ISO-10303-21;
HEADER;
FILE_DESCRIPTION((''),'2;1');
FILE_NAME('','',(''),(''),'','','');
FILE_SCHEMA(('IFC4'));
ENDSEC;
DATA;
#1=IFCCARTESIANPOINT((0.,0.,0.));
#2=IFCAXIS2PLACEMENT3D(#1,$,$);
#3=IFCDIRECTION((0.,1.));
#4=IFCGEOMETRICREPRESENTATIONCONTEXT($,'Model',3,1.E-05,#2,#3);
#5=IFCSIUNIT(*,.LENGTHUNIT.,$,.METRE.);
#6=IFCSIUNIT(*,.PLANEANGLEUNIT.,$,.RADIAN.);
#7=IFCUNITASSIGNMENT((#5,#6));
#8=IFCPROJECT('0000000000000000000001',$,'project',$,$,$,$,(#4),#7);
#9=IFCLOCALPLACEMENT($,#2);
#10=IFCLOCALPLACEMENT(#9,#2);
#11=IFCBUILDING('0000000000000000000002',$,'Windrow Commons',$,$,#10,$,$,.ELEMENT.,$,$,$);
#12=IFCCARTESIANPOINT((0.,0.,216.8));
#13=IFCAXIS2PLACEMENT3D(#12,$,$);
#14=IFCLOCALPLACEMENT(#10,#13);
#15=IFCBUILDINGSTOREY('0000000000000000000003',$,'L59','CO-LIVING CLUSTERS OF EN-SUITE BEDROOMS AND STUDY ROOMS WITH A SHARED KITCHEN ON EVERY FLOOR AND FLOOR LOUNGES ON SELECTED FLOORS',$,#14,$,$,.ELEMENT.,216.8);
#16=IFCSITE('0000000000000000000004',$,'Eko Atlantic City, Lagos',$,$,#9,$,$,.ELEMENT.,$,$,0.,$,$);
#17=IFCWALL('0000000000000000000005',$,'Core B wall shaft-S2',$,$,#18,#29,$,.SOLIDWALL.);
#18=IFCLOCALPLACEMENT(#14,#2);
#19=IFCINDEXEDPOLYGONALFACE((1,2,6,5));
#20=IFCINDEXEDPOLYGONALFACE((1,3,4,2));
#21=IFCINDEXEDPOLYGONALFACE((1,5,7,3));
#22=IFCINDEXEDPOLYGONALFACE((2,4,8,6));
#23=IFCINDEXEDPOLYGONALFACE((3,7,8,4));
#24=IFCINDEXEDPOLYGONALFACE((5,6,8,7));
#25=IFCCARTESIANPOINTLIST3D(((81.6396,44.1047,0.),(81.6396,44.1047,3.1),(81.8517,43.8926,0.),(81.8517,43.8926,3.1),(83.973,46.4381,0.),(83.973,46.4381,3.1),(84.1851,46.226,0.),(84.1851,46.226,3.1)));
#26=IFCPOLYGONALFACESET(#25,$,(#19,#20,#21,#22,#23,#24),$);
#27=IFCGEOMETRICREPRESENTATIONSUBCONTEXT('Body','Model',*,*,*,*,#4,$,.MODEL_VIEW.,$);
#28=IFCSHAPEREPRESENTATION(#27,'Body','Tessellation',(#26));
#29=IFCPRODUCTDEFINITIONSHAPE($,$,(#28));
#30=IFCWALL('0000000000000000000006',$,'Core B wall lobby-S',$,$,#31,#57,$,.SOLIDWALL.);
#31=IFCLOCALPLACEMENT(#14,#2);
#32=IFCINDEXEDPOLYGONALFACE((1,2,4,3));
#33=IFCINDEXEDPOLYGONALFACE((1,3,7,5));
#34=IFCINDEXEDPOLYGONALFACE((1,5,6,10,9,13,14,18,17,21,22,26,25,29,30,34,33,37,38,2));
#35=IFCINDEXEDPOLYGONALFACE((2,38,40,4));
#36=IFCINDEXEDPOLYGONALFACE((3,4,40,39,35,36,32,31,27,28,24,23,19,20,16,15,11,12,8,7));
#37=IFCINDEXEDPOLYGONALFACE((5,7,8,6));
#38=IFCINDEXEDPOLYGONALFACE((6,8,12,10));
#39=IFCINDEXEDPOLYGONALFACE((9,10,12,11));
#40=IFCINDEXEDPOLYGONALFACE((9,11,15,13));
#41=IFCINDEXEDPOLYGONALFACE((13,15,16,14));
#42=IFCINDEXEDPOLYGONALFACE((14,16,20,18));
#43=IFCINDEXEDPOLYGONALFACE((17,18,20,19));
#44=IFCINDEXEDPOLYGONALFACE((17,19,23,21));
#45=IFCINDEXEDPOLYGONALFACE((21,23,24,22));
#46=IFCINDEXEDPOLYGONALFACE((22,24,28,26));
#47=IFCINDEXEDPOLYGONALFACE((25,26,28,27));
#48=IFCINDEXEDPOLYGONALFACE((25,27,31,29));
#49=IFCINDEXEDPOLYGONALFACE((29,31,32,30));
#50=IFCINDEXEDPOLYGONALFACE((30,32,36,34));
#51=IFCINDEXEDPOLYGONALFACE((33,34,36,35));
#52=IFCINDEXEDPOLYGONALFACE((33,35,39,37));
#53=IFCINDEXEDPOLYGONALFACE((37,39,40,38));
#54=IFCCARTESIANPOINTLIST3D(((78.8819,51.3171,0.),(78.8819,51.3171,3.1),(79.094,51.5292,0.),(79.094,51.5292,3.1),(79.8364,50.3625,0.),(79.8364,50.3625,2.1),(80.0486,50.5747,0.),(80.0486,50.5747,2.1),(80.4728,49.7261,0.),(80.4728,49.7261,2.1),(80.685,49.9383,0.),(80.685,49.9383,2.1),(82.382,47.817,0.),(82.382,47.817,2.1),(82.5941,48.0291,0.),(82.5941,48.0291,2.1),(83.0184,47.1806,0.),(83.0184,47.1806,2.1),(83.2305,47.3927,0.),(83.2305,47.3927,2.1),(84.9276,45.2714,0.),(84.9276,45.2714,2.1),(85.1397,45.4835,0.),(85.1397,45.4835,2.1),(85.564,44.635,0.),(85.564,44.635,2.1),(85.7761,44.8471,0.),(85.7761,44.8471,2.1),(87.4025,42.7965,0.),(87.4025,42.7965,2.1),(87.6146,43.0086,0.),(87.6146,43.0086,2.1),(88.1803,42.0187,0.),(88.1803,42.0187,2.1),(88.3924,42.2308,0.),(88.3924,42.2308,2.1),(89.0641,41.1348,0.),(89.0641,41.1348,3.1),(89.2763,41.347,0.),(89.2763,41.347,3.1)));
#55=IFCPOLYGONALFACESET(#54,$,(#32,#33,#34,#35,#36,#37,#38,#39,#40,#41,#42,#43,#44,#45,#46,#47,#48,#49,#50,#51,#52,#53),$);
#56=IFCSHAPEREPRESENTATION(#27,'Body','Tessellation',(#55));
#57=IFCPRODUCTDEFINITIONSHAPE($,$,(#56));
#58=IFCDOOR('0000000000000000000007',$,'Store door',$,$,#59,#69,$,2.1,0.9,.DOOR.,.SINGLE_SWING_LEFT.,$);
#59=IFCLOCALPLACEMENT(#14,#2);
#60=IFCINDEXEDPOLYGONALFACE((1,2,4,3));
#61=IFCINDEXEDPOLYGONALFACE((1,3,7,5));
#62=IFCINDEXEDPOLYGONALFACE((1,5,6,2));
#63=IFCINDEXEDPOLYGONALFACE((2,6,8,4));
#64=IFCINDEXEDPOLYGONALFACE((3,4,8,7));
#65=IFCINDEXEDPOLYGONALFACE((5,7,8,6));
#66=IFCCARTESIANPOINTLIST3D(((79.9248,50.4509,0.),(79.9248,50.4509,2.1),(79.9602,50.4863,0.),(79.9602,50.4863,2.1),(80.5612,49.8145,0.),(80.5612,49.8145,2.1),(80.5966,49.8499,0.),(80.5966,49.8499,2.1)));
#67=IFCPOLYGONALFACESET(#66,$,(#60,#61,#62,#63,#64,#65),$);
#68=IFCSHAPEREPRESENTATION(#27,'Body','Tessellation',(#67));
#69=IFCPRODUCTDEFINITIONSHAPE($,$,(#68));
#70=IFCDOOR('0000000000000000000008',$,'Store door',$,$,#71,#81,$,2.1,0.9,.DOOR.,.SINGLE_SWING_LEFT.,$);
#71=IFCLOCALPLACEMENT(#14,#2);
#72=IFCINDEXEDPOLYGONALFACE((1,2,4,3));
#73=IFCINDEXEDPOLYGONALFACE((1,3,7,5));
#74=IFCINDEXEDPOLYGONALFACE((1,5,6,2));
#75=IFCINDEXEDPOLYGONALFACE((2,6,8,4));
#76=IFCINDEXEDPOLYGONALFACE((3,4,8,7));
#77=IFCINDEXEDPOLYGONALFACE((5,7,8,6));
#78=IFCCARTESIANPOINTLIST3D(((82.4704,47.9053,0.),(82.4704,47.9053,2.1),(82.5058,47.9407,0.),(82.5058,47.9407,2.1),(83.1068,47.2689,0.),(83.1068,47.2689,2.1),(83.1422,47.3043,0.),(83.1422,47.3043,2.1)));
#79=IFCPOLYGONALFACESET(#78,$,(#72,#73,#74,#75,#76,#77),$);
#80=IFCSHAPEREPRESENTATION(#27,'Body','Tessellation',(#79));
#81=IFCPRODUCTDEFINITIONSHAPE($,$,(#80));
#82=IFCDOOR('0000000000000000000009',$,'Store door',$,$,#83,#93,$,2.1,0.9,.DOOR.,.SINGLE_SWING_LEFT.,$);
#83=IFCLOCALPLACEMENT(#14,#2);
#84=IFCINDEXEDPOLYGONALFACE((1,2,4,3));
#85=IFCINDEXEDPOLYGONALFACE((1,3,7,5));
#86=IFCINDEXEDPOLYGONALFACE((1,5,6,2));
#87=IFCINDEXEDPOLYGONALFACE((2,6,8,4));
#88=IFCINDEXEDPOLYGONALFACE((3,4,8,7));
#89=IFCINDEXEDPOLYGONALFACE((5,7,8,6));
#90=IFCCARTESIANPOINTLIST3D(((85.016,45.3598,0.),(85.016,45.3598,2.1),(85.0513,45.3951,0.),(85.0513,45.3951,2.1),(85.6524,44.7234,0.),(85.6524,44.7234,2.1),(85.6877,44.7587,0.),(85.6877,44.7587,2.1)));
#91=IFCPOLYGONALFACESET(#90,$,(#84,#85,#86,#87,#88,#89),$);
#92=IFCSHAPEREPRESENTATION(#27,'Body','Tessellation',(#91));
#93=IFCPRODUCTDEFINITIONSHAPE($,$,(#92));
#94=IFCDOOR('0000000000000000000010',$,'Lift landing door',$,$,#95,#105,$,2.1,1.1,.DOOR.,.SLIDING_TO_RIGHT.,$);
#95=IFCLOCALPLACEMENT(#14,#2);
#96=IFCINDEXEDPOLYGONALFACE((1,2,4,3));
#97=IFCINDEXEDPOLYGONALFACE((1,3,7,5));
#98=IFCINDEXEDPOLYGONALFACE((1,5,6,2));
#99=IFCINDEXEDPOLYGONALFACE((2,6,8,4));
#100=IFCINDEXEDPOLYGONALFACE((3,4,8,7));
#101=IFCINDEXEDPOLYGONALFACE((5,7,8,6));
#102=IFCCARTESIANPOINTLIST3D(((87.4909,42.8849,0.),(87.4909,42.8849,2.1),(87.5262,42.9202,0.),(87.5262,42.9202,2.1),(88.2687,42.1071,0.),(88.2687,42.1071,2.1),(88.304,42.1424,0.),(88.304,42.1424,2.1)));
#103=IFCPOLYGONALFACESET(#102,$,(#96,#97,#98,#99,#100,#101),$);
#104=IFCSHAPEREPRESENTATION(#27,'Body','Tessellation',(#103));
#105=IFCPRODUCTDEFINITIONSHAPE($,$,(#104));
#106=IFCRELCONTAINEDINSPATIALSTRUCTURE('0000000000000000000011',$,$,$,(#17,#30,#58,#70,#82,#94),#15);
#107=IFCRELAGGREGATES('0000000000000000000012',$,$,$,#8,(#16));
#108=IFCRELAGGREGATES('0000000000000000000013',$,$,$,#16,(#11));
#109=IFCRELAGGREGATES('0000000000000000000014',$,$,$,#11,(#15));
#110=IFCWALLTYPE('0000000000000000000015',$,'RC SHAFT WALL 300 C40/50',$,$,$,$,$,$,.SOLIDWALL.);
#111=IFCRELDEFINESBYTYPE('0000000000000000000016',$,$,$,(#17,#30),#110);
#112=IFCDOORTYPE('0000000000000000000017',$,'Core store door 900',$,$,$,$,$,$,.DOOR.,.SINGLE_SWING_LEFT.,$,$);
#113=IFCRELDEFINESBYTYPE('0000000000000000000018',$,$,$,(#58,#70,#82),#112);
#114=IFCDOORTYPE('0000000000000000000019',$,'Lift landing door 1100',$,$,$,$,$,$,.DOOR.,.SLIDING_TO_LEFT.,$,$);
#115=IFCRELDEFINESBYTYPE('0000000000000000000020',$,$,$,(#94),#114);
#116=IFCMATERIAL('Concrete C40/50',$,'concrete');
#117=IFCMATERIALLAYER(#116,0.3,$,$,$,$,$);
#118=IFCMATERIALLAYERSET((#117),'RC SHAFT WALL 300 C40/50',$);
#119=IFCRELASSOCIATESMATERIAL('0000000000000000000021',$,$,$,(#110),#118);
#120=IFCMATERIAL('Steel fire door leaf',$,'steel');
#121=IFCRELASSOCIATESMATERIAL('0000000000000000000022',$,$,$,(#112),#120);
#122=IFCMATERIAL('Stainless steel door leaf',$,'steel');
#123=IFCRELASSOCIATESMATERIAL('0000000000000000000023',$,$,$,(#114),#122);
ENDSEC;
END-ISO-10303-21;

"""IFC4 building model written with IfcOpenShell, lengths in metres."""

from ifc_helpers import new_model, si_unit, direction, frame, frame_2d, origin, place, context, subcontext, project, spatial, rectangle, extrude, material, layer, layer_set, type_object, element, fill, save


model = new_model("IFC4")

# Units and contexts
model_context = context("Model", 3, precision=1e-05, world=origin(), true_north=direction((0.0, 1.0)))
body_context = subcontext(model_context, "Body", "Model", "MODEL_VIEW")
ifc_project = project(units=[si_unit("LENGTHUNIT", "METRE"), si_unit("PLANEANGLEUNIT", "RADIAN")], contexts=[model_context])

# Site, building, storey
site_placement = place(None, origin())
site = spatial("IfcSite", under=ifc_project, at=site_placement, Name="Eko Atlantic City, Lagos", CompositionType="ELEMENT", RefElevation=0.0)
building_placement = place(site_placement, origin())
building = spatial("IfcBuilding", under=site, at=building_placement, Name="Windrow Commons", CompositionType="ELEMENT")
storey_placement = place(building_placement, frame((0.0, 0.0, 216.8)))
storey = spatial("IfcBuildingStorey", under=building, at=storey_placement, Name="L59", Description="CO-LIVING CLUSTERS OF EN-SUITE BEDROOMS AND STUDY ROOMS WITH A SHARED KITCHEN ON EVERY FLOOR AND FLOOR LOUNGES ON SELECTED FLOORS", CompositionType="ELEMENT", Elevation=216.8)

# Wall
ifc_material_1 = material(Name="Concrete C40/50", Category="concrete")
ifc_layer_1 = layer(ifc_material_1, 0.3)
ifc_layer_set_1 = layer_set([ifc_layer_1], Name="RC SHAFT WALL 300 C40/50")
wall_type_1 = type_object("IfcWallType", Name="RC SHAFT WALL 300 C40/50", PredefinedType="SOLIDWALL", material=ifc_layer_set_1)
wall_1_placement = place(storey_placement, frame((81.7456, 43.9986, 0.0), z_axis=(0.0, 0.0, 1.0), x_axis=(0.707107, 0.707107, 0.0)))
element("IfcWall", 1, at=wall_1_placement, inside=storey, type_object=wall_type_1, Name="Core B wall shaft-S2", PredefinedType="SOLIDWALL", context=body_context, shape_type="SweptSolid", body=[
    extrude(rectangle(XDim=3.2999, YDim=0.3, at=frame_2d((1.65, 0.0))), origin(), (0.0, 0.0, 1.0), 3.1),
])

# Wall, openings, doors
wall_2_placement = place(storey_placement, frame((78.9879, 51.4232, 0.0), z_axis=(0.0, 0.0, 1.0), x_axis=(0.707107, -0.707107, 0.0)))
wall_2 = element("IfcWall", 2, at=wall_2_placement, inside=storey, type_object=wall_type_1, Name="Core B wall lobby-S", PredefinedType="SOLIDWALL", context=body_context, shape_type="SweptSolid", body=[
    extrude(rectangle(XDim=14.3999, YDim=0.3, at=frame_2d((7.2, 0.0))), origin(), (0.0, 0.0, 1.0), 3.1),
])
opening_1_placement = place(wall_2_placement, frame((1.35, 0.0, 0.0)))
opening_1 = element("IfcOpeningElement", 3, at=opening_1_placement, cuts=wall_2, PredefinedType="OPENING", context=body_context, shape_type="SweptSolid", body=[
    extrude(rectangle(XDim=0.9, YDim=2.1, at=frame_2d((0.45, 1.05))), frame((0.0, 0.16, 0.0), z_axis=(0.0, -1.0, 0.0), x_axis=(1.0, 0.0, 0.0)), (0.0, 0.0, 1.0), 0.32),
])
opening_2_placement = place(wall_2_placement, frame((4.95, 0.0, 0.0)))
opening_2 = element("IfcOpeningElement", 4, at=opening_2_placement, cuts=wall_2, PredefinedType="OPENING", context=body_context, shape_type="SweptSolid", body=[
    extrude(rectangle(XDim=0.9, YDim=2.1, at=frame_2d((0.45, 1.05))), frame((0.0, 0.16, 0.0), z_axis=(0.0, -1.0, 0.0), x_axis=(1.0, 0.0, 0.0)), (0.0, 0.0, 1.0), 0.32),
])
opening_3_placement = place(wall_2_placement, frame((8.55, 0.0, 0.0)))
opening_3 = element("IfcOpeningElement", 5, at=opening_3_placement, cuts=wall_2, PredefinedType="OPENING", context=body_context, shape_type="SweptSolid", body=[
    extrude(rectangle(XDim=0.9, YDim=2.1, at=frame_2d((0.45, 1.05))), frame((0.0, 0.16, 0.0), z_axis=(0.0, -1.0, 0.0), x_axis=(1.0, 0.0, 0.0)), (0.0, 0.0, 1.0), 0.32),
])
opening_4_placement = place(wall_2_placement, frame((12.05, 0.0, 0.0)))
opening_4 = element("IfcOpeningElement", 6, at=opening_4_placement, cuts=wall_2, PredefinedType="OPENING", context=body_context, shape_type="SweptSolid", body=[
    extrude(rectangle(XDim=1.1, YDim=2.1, at=frame_2d((0.55, 1.05))), frame((0.0, 0.16, 0.0), z_axis=(0.0, -1.0, 0.0), x_axis=(1.0, 0.0, 0.0)), (0.0, 0.0, 1.0), 0.32),
])
ifc_material_2 = material(Name="Steel fire door leaf", Category="steel")
door_type_1 = type_object("IfcDoorType", Name="Core store door 900", OperationType="SINGLE_SWING_LEFT", PredefinedType="DOOR", material=ifc_material_2)
door_1_placement = place(opening_1_placement, origin())
door_1 = element("IfcDoor", 7, at=door_1_placement, inside=storey, type_object=door_type_1, Name="Store door", OperationType="SINGLE_SWING_LEFT", OverallHeight=2.1, OverallWidth=0.9, PredefinedType="DOOR", context=body_context, shape_type="SweptSolid", body=[
    extrude(rectangle(XDim=0.9, YDim=2.1, at=frame_2d((0.45, 1.05))), frame((0.0, 0.025, 0.0), z_axis=(0.0, -1.0, 0.0), x_axis=(1.0, 0.0, 0.0)), (0.0, 0.0, 1.0), 0.05),
])
fill(opening_1, door_1)
door_2_placement = place(opening_2_placement, origin())
door_2 = element("IfcDoor", 8, at=door_2_placement, inside=storey, type_object=door_type_1, Name="Store door", OperationType="SINGLE_SWING_LEFT", OverallHeight=2.1, OverallWidth=0.9, PredefinedType="DOOR", context=body_context, shape_type="SweptSolid", body=[
    extrude(rectangle(XDim=0.9, YDim=2.1, at=frame_2d((0.45, 1.05))), frame((0.0, 0.025, 0.0), z_axis=(0.0, -1.0, 0.0), x_axis=(1.0, 0.0, 0.0)), (0.0, 0.0, 1.0), 0.05),
])
fill(opening_2, door_2)
door_3_placement = place(opening_3_placement, origin())
door_3 = element("IfcDoor", 9, at=door_3_placement, inside=storey, type_object=door_type_1, Name="Store door", OperationType="SINGLE_SWING_LEFT", OverallHeight=2.1, OverallWidth=0.9, PredefinedType="DOOR", context=body_context, shape_type="SweptSolid", body=[
    extrude(rectangle(XDim=0.9, YDim=2.1, at=frame_2d((0.45, 1.05))), frame((0.0, 0.025, 0.0), z_axis=(0.0, -1.0, 0.0), x_axis=(1.0, 0.0, 0.0)), (0.0, 0.0, 1.0), 0.05),
])
fill(opening_3, door_3)
ifc_material_3 = material(Name="Stainless steel door leaf", Category="steel")
door_type_2 = type_object("IfcDoorType", Name="Lift landing door 1100", OperationType="SLIDING_TO_LEFT", PredefinedType="DOOR", material=ifc_material_3)
door_4_placement = place(opening_4_placement, origin())
door_4 = element("IfcDoor", 10, at=door_4_placement, inside=storey, type_object=door_type_2, Name="Lift landing door", OperationType="SLIDING_TO_RIGHT", OverallHeight=2.1, OverallWidth=1.1, PredefinedType="DOOR", context=body_context, shape_type="SweptSolid", body=[
    extrude(rectangle(XDim=1.1, YDim=2.1, at=frame_2d((0.55, 1.05))), frame((0.0, 0.025, 0.0), z_axis=(0.0, -1.0, 0.0), x_axis=(1.0, 0.0, 0.0)), (0.0, 0.0, 1.0), 0.05),
])
fill(opening_4, door_4)

save(model, "model.ifc")
